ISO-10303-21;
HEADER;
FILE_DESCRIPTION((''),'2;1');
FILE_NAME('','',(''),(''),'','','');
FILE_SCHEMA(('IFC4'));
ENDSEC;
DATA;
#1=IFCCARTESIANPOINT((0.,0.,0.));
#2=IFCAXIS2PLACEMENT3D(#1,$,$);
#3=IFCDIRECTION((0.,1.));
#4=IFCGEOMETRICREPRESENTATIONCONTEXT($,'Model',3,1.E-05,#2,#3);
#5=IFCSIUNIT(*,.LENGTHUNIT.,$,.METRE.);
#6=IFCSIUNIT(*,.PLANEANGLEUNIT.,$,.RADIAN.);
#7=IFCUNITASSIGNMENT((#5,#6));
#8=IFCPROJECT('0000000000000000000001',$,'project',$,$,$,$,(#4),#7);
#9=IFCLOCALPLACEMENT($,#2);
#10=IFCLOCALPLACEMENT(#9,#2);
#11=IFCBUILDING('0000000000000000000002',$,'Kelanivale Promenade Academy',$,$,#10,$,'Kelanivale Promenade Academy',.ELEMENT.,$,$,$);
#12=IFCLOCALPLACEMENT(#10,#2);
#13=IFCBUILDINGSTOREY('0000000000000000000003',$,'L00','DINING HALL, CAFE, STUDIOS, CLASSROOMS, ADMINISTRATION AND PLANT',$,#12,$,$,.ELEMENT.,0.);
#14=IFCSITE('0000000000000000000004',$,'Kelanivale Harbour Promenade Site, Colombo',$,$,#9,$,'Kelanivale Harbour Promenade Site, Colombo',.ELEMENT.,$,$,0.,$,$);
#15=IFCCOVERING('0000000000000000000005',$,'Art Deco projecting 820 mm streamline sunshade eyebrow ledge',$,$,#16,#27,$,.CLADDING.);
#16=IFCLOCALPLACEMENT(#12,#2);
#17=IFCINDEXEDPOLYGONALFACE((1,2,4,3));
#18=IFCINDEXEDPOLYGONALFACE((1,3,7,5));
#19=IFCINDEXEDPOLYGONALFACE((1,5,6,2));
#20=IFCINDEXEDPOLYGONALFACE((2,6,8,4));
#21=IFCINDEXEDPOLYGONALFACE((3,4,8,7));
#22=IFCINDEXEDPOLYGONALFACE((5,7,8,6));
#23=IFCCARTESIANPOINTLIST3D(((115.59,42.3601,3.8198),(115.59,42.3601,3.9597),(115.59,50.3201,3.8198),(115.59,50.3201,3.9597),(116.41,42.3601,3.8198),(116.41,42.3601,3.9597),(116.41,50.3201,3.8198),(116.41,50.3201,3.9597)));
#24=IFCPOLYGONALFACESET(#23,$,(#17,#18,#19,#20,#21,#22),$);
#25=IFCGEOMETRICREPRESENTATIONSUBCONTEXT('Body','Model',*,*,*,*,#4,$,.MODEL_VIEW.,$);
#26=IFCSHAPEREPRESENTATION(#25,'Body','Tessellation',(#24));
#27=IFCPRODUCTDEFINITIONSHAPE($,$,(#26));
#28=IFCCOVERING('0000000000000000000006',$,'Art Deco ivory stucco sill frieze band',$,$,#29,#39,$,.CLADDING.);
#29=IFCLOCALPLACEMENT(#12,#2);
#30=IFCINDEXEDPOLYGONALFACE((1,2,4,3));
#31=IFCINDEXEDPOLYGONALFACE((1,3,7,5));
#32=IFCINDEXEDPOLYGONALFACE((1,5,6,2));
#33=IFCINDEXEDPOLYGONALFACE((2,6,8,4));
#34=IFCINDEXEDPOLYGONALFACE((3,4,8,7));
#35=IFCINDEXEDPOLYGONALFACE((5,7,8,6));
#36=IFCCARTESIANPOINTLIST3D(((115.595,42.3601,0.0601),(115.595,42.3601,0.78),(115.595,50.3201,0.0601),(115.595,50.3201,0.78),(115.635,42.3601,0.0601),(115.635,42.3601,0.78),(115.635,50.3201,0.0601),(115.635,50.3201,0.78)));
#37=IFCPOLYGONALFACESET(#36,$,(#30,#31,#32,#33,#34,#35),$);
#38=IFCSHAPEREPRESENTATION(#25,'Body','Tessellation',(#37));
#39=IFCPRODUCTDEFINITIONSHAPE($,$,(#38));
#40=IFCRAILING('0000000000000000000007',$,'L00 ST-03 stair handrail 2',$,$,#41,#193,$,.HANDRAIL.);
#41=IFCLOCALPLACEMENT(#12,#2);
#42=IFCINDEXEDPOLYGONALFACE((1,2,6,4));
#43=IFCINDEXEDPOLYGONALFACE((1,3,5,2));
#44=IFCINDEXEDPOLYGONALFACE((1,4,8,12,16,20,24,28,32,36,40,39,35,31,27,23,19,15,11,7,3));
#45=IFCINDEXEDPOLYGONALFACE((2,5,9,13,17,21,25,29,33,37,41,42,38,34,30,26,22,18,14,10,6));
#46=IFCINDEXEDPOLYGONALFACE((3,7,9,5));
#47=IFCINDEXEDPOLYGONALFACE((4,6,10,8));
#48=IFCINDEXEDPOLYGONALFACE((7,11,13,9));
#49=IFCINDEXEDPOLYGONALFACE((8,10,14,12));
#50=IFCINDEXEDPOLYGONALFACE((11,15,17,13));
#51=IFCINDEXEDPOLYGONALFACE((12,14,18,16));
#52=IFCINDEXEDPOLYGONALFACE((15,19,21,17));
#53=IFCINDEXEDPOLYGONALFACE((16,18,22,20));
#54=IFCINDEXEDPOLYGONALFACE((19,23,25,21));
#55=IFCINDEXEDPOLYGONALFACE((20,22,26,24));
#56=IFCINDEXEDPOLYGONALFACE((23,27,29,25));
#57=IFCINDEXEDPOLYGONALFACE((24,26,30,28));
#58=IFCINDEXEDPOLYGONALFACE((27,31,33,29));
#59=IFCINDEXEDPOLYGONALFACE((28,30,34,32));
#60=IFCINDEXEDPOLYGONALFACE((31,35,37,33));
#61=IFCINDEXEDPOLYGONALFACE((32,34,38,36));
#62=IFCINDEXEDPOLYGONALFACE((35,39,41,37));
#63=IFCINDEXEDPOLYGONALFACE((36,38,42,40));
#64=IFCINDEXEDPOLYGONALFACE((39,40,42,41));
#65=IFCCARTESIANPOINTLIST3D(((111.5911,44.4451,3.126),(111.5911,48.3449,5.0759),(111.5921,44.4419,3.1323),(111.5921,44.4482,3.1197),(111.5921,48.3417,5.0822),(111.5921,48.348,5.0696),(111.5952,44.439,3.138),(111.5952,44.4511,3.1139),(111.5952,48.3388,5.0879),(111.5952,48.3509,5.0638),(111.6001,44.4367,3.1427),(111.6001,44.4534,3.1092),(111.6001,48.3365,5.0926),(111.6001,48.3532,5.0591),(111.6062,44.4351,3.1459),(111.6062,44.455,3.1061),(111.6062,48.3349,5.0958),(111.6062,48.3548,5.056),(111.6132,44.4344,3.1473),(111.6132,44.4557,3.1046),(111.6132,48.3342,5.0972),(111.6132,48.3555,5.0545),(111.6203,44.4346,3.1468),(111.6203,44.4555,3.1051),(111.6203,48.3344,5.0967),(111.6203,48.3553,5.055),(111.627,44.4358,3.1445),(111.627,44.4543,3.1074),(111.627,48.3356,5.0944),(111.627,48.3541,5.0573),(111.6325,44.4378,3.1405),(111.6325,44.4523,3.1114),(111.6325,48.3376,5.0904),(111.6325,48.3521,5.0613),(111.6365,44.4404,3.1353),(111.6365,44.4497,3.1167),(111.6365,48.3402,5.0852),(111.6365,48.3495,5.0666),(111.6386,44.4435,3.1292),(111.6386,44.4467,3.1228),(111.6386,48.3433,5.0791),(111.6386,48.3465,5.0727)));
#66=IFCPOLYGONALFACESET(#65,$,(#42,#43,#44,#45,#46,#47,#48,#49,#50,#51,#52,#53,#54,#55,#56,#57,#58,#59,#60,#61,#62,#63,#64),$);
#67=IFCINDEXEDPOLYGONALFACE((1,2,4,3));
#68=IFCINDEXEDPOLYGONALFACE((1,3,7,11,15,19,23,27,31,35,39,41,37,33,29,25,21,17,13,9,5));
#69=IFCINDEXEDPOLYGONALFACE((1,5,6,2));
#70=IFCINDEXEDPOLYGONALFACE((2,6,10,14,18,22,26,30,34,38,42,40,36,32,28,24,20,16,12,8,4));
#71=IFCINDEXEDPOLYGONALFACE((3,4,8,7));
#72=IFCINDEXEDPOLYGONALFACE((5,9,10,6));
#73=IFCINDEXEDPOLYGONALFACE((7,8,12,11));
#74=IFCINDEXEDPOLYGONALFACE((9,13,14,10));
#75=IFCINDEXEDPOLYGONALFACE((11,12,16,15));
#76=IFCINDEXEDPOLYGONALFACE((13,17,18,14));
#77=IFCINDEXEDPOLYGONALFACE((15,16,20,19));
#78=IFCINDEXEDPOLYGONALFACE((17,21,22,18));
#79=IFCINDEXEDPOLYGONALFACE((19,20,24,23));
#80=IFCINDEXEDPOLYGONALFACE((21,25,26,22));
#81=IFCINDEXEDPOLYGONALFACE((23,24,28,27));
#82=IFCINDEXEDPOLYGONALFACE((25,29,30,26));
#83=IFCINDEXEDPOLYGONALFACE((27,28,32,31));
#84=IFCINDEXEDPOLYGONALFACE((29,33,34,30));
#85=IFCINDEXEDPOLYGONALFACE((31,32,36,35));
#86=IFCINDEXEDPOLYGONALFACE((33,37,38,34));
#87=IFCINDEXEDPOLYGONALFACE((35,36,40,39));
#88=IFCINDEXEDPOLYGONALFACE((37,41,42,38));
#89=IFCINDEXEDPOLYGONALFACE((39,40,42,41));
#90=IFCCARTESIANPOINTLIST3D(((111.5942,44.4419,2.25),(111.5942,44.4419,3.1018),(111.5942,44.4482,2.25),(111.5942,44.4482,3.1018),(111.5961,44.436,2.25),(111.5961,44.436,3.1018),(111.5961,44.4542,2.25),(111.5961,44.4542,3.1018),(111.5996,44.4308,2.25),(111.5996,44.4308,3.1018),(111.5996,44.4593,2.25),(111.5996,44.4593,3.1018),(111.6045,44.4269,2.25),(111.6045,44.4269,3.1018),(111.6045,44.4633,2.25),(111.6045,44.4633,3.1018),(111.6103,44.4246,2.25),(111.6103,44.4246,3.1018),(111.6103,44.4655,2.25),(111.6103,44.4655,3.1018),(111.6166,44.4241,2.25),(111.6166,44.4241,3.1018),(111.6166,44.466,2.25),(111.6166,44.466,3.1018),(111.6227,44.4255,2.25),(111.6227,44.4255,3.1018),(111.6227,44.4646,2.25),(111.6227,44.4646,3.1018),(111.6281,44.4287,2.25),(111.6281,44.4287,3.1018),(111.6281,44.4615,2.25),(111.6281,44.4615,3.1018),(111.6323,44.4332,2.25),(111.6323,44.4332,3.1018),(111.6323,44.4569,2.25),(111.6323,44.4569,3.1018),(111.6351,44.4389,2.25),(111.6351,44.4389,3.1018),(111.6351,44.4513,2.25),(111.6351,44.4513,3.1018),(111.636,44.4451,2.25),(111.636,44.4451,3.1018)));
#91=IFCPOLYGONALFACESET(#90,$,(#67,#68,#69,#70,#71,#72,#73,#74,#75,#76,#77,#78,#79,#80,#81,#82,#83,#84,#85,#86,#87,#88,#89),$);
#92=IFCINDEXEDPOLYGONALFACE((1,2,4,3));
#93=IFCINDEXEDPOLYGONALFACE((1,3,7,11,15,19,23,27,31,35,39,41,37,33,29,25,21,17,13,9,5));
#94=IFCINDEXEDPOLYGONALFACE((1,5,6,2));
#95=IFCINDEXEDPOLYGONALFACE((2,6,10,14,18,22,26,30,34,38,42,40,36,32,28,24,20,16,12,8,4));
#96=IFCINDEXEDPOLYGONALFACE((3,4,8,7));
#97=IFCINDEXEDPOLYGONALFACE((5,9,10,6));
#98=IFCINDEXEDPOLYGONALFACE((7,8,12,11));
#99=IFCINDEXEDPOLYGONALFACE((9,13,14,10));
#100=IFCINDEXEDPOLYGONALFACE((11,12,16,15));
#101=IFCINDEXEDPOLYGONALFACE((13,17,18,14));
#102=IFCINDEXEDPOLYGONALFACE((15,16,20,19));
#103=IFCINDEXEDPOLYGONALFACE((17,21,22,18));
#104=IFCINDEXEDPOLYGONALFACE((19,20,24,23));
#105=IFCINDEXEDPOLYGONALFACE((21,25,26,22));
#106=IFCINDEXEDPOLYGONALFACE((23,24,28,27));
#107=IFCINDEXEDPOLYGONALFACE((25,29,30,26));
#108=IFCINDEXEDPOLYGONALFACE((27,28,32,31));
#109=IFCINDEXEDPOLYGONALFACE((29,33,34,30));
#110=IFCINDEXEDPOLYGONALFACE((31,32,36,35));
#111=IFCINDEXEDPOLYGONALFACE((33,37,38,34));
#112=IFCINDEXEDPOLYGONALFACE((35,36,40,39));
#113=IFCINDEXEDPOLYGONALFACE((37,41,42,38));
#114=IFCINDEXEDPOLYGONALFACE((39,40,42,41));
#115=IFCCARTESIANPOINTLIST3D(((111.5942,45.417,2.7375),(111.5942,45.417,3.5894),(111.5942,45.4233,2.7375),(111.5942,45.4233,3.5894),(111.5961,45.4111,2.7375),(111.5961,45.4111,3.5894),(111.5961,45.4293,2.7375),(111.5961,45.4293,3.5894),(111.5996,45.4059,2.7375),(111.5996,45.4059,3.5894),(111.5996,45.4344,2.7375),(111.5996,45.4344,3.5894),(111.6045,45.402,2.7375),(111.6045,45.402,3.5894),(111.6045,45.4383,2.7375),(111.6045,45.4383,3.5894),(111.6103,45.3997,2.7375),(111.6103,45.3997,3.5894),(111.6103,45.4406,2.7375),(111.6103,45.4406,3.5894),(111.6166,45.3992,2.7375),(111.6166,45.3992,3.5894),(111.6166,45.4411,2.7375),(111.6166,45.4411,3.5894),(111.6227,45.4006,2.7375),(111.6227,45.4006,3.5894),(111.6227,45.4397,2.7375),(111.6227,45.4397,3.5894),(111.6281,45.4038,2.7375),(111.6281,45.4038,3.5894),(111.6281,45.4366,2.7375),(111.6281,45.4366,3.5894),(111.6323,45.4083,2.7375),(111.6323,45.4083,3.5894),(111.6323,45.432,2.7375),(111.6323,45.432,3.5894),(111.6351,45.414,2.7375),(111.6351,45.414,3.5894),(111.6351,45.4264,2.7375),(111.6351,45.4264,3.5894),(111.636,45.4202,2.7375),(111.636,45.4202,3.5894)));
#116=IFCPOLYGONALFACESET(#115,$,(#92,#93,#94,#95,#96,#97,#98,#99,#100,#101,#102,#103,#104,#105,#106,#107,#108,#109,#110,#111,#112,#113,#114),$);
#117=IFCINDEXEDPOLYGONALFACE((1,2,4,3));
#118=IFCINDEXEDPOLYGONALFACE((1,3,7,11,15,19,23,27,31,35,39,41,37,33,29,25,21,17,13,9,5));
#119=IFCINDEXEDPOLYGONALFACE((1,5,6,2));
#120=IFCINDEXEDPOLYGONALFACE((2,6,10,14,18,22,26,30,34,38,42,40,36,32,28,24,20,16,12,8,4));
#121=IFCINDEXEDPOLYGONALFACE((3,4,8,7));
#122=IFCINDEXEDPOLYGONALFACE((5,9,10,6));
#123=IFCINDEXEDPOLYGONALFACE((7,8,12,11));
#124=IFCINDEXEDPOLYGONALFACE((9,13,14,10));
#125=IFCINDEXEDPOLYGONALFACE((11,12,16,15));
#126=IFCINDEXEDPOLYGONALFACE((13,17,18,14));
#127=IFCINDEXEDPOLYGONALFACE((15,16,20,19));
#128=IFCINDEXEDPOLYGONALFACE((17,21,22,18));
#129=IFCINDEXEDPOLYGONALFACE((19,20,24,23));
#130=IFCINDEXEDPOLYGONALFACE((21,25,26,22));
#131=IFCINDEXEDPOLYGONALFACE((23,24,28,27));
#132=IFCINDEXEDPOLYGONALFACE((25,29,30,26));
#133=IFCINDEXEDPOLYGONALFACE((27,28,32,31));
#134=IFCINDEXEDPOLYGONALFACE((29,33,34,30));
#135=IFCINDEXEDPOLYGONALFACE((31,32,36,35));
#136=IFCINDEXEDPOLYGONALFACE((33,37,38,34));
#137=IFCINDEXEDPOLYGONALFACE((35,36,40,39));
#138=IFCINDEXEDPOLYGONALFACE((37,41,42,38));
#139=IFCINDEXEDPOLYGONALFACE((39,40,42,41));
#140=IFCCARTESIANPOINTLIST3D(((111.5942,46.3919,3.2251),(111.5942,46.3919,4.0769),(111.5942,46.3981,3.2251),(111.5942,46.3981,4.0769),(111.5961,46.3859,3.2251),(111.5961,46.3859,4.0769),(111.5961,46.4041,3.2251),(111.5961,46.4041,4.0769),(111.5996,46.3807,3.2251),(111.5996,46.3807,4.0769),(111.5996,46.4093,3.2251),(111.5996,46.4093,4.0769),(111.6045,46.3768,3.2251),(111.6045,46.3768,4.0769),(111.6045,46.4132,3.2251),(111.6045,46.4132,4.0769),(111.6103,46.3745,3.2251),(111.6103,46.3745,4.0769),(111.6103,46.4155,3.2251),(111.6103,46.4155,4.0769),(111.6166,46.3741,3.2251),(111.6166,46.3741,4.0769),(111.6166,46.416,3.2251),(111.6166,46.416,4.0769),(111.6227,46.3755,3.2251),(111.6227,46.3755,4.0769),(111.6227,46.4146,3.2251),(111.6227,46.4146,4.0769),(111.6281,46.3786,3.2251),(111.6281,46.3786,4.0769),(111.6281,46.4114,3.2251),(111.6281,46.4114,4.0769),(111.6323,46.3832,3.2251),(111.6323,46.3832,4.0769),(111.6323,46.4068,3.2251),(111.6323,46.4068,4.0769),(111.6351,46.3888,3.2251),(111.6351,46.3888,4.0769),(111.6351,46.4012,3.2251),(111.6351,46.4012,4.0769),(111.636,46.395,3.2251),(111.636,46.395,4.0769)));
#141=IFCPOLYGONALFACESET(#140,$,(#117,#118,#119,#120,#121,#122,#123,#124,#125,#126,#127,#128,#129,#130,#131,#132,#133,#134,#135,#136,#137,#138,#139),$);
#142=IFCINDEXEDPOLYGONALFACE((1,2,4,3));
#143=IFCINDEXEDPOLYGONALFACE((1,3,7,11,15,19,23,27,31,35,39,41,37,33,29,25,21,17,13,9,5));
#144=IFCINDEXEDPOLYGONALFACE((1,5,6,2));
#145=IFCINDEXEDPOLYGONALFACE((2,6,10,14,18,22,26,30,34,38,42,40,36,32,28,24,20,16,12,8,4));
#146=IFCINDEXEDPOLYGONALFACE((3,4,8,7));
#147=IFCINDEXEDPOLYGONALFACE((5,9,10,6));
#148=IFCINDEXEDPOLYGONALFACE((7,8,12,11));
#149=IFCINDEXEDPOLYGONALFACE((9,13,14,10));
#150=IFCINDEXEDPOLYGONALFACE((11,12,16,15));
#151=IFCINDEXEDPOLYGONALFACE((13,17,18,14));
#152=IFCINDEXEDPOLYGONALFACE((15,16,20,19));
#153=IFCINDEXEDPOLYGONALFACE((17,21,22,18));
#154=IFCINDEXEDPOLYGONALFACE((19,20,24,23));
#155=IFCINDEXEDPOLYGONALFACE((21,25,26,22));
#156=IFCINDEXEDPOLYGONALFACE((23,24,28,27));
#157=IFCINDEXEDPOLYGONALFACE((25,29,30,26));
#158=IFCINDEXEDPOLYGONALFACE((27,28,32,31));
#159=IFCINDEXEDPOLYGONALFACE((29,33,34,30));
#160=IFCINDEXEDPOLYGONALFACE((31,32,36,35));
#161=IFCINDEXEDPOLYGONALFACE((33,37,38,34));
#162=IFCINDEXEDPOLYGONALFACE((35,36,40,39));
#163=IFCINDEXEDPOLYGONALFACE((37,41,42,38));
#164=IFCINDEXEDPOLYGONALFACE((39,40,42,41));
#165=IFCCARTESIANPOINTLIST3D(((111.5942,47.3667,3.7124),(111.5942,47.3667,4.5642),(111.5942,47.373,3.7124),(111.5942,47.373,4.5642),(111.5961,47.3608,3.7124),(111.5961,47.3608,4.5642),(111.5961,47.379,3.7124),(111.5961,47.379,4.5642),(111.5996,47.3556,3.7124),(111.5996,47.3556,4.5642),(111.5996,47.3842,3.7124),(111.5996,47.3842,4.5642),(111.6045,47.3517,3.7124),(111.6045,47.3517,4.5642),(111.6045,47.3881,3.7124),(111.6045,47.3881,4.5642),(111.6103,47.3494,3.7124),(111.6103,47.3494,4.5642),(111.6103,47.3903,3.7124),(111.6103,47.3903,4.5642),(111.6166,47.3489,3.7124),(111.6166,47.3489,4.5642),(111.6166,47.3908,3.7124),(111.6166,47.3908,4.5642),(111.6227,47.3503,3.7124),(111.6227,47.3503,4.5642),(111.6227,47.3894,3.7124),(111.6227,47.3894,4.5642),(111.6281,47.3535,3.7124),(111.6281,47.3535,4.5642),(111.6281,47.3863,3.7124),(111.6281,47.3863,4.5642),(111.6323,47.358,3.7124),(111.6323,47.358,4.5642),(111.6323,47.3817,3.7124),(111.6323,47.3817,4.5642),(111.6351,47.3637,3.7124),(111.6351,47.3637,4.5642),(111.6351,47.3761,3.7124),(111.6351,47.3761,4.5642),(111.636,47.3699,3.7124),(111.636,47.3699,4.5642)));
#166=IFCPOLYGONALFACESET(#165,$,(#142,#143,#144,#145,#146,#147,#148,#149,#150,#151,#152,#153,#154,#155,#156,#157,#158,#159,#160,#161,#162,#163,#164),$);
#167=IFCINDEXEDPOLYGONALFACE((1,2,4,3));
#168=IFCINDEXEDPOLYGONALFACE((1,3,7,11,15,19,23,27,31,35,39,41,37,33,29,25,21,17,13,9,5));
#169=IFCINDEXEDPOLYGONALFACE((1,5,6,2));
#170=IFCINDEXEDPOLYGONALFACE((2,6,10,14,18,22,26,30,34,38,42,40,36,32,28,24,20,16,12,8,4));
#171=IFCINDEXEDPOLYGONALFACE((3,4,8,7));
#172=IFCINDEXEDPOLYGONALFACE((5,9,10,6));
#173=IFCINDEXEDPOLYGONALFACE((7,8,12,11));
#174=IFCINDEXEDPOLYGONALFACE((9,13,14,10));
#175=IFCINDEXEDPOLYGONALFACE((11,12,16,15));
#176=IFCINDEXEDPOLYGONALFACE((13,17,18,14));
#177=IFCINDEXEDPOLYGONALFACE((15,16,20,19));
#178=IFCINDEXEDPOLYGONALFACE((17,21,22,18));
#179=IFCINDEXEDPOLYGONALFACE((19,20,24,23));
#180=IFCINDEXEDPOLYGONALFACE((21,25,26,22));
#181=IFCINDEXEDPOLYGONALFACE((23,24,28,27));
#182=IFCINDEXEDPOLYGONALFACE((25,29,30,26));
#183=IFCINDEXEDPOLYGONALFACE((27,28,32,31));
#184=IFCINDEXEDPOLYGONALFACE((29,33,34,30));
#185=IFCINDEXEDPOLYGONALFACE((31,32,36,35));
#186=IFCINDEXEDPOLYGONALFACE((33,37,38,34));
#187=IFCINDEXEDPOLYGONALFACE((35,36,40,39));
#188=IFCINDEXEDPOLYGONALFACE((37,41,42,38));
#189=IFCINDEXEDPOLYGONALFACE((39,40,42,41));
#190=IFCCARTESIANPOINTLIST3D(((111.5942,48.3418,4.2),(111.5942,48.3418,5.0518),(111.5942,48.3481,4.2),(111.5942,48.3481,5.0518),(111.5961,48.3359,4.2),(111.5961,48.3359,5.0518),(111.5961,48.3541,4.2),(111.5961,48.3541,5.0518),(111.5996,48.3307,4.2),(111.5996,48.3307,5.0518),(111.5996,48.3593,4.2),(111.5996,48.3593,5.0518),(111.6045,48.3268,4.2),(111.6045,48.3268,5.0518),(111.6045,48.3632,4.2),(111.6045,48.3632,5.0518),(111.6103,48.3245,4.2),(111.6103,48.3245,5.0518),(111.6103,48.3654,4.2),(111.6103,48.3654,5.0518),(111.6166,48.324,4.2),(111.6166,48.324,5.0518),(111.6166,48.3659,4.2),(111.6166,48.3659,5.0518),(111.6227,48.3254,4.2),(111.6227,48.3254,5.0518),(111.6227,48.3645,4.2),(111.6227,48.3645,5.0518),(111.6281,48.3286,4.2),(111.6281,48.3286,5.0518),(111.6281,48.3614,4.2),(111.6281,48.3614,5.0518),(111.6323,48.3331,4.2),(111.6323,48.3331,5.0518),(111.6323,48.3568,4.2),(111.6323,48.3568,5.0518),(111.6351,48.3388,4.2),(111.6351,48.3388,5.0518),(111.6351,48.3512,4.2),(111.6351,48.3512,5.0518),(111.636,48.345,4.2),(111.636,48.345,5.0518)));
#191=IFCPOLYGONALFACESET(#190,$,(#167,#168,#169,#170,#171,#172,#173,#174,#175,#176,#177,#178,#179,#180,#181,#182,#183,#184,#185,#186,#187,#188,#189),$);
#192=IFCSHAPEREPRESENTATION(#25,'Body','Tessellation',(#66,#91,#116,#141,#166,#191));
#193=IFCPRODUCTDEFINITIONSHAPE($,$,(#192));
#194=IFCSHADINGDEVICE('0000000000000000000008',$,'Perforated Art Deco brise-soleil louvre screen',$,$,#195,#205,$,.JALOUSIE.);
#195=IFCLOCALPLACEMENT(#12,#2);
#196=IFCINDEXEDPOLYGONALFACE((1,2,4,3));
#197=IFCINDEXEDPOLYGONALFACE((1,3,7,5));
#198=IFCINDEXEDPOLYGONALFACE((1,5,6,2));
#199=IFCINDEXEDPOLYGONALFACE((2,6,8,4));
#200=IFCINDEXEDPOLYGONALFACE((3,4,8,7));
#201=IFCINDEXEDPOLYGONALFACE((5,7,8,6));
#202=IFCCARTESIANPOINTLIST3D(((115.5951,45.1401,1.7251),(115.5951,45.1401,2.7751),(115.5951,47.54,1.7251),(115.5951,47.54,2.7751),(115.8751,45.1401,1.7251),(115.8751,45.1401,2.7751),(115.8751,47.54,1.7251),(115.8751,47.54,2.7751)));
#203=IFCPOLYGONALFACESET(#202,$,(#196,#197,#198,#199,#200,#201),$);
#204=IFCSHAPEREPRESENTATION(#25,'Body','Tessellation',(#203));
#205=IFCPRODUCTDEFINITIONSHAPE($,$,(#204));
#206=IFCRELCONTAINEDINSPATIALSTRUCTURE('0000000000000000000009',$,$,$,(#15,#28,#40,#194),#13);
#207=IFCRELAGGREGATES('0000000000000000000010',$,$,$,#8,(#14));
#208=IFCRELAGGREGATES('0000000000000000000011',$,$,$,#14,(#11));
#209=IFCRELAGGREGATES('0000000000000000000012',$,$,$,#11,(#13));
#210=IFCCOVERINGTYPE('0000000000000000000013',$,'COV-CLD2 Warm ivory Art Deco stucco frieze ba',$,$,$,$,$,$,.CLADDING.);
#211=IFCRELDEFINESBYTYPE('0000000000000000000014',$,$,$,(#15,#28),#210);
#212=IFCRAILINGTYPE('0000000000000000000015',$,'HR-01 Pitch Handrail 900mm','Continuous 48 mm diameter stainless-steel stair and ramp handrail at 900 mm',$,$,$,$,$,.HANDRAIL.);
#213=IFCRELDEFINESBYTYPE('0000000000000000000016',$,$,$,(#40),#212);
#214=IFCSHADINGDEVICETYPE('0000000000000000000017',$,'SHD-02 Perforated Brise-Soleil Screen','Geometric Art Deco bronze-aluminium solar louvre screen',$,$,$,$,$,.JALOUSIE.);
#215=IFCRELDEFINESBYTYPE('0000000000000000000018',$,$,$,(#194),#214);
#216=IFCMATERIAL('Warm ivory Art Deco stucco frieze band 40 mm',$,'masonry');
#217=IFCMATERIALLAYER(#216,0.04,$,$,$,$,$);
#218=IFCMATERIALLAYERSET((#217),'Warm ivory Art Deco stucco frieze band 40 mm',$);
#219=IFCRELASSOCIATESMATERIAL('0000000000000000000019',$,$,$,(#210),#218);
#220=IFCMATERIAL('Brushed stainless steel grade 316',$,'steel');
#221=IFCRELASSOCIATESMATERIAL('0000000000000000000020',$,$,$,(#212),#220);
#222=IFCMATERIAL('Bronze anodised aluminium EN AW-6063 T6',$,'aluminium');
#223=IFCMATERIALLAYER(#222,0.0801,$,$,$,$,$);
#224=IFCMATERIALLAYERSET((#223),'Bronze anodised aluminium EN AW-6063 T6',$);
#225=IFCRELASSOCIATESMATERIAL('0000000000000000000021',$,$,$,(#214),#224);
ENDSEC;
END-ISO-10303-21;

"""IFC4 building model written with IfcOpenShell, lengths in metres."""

from ifc_helpers import new_model, si_unit, direction, frame, origin, origin_2d, place, context, subcontext, project, spatial, rectangle, circle, extrude, material, layer, layer_set, type_object, element, save


model = new_model("IFC4")

# Units and contexts
model_context = context("Model", 3, precision=1e-05, world=origin(), true_north=direction((0.0, 1.0)))
body_context = subcontext(model_context, "Body", "Model", "MODEL_VIEW")
ifc_project = project(units=[si_unit("LENGTHUNIT", "METRE"), si_unit("PLANEANGLEUNIT", "RADIAN")], contexts=[model_context])

# Site, building, storey
site_placement = place(None, origin())
site = spatial("IfcSite", under=ifc_project, at=site_placement, Name="Kelanivale Harbour Promenade Site, Colombo", LongName="Kelanivale Harbour Promenade Site, Colombo", CompositionType="ELEMENT", RefElevation=0.0)
building_placement = place(site_placement, origin())
building = spatial("IfcBuilding", under=site, at=building_placement, Name="Kelanivale Promenade Academy", LongName="Kelanivale Promenade Academy", CompositionType="ELEMENT")
storey_placement = place(building_placement, origin())
storey = spatial("IfcBuildingStorey", under=building, at=storey_placement, Name="L00", Description="DINING HALL, CAFE, STUDIOS, CLASSROOMS, ADMINISTRATION AND PLANT", CompositionType="ELEMENT", Elevation=0.0)

# Coverings
ifc_material_1 = material(Name="Warm ivory Art Deco stucco frieze band 40 mm", Category="masonry")
ifc_layer_1 = layer(ifc_material_1, 0.04)
ifc_layer_set_1 = layer_set([ifc_layer_1], Name="Warm ivory Art Deco stucco frieze band 40 mm")
covering_type = type_object("IfcCoveringType", Name="COV-CLD2 Warm ivory Art Deco stucco frieze ba", PredefinedType="CLADDING", material=ifc_layer_set_1)
covering_1_placement = place(storey_placement, frame((116.0, 46.3401, 3.8198), z_axis=(0.0, 0.0, 1.0), x_axis=(0.0, 1.0, 0.0)))
element("IfcCovering", 1, at=covering_1_placement, inside=storey, type_object=covering_type, Name="Art Deco projecting 820 mm streamline sunshade eyebrow ledge", PredefinedType="CLADDING", context=body_context, shape_type="SweptSolid", body=[
    extrude(rectangle(XDim=7.96, YDim=0.8201, at=origin_2d()), origin(), (0.0, 0.0, 1.0), 0.1399),
])
covering_2_placement = place(storey_placement, frame((115.615, 46.3401, 0.0601), z_axis=(0.0, 0.0, 1.0), x_axis=(0.0, 1.0, 0.0)))
element("IfcCovering", 2, at=covering_2_placement, inside=storey, type_object=covering_type, Name="Art Deco ivory stucco sill frieze band", PredefinedType="CLADDING", context=body_context, shape_type="SweptSolid", body=[
    extrude(rectangle(XDim=7.96, YDim=0.04, at=origin_2d()), origin(), (0.0, 0.0, 1.0), 0.72),
])

# Railing
ifc_material_2 = material(Name="Brushed stainless steel grade 316", Category="steel")
railing_type = type_object("IfcRailingType", Name="HR-01 Pitch Handrail 900mm", Description="Continuous 48 mm diameter stainless-steel stair and ramp handrail at 900 mm", PredefinedType="HANDRAIL", material=ifc_material_2)
railing_placement = place(storey_placement, frame((111.615, 44.4451, 2.25)))
element("IfcRailing", 3, at=railing_placement, inside=storey, type_object=railing_type, Name="L00 ST-03 stair handrail 2", PredefinedType="HANDRAIL", context=body_context, shape_type="SweptSolid", body=[
    extrude(circle(Radius=0.0239, at=origin_2d()), frame((0.0, 0.0, 0.876), z_axis=(0.0, 0.894427, 0.447214), x_axis=(-1.0, 0.0, 0.0)), (0.0, 0.0, 1.0), 4.3601),
    extrude(circle(Radius=0.021, at=origin_2d()), origin(), (0.0, 0.0, 1.0), 0.8518),
    extrude(circle(Radius=0.021, at=origin_2d()), frame((0.0, 0.9751, 0.4875)), (0.0, 0.0, 1.0), 0.8518),
    extrude(circle(Radius=0.021, at=origin_2d()), frame((0.0, 1.95, 0.9751)), (0.0, 0.0, 1.0), 0.8518),
    extrude(circle(Radius=0.021, at=origin_2d()), frame((0.0, 2.9248, 1.4624)), (0.0, 0.0, 1.0), 0.8518),
    extrude(circle(Radius=0.021, at=origin_2d()), frame((0.0, 3.8999, 1.95)), (0.0, 0.0, 1.0), 0.8518),
])

# Shading device
ifc_material_3 = material(Name="Bronze anodised aluminium EN AW-6063 T6", Category="aluminium")
ifc_layer_2 = layer(ifc_material_3, 0.0801)
ifc_layer_set_2 = layer_set([ifc_layer_2], Name="Bronze anodised aluminium EN AW-6063 T6")
shading_device_type = type_object("IfcShadingDeviceType", Name="SHD-02 Perforated Brise-Soleil Screen", Description="Geometric Art Deco bronze-aluminium solar louvre screen", PredefinedType="JALOUSIE", material=ifc_layer_set_2)
shading_device_placement = place(storey_placement, frame((115.7351, 46.3401, 1.7251), z_axis=(0.0, 0.0, 1.0), x_axis=(0.0, 1.0, 0.0)))
element("IfcShadingDevice", 4, at=shading_device_placement, inside=storey, type_object=shading_device_type, Name="Perforated Art Deco brise-soleil louvre screen", PredefinedType="JALOUSIE", context=body_context, shape_type="SweptSolid", body=[
    extrude(rectangle(XDim=2.3999, YDim=0.28, at=origin_2d()), origin(), (0.0, 0.0, 1.0), 1.05),
])

save(model, "model.ifc")
